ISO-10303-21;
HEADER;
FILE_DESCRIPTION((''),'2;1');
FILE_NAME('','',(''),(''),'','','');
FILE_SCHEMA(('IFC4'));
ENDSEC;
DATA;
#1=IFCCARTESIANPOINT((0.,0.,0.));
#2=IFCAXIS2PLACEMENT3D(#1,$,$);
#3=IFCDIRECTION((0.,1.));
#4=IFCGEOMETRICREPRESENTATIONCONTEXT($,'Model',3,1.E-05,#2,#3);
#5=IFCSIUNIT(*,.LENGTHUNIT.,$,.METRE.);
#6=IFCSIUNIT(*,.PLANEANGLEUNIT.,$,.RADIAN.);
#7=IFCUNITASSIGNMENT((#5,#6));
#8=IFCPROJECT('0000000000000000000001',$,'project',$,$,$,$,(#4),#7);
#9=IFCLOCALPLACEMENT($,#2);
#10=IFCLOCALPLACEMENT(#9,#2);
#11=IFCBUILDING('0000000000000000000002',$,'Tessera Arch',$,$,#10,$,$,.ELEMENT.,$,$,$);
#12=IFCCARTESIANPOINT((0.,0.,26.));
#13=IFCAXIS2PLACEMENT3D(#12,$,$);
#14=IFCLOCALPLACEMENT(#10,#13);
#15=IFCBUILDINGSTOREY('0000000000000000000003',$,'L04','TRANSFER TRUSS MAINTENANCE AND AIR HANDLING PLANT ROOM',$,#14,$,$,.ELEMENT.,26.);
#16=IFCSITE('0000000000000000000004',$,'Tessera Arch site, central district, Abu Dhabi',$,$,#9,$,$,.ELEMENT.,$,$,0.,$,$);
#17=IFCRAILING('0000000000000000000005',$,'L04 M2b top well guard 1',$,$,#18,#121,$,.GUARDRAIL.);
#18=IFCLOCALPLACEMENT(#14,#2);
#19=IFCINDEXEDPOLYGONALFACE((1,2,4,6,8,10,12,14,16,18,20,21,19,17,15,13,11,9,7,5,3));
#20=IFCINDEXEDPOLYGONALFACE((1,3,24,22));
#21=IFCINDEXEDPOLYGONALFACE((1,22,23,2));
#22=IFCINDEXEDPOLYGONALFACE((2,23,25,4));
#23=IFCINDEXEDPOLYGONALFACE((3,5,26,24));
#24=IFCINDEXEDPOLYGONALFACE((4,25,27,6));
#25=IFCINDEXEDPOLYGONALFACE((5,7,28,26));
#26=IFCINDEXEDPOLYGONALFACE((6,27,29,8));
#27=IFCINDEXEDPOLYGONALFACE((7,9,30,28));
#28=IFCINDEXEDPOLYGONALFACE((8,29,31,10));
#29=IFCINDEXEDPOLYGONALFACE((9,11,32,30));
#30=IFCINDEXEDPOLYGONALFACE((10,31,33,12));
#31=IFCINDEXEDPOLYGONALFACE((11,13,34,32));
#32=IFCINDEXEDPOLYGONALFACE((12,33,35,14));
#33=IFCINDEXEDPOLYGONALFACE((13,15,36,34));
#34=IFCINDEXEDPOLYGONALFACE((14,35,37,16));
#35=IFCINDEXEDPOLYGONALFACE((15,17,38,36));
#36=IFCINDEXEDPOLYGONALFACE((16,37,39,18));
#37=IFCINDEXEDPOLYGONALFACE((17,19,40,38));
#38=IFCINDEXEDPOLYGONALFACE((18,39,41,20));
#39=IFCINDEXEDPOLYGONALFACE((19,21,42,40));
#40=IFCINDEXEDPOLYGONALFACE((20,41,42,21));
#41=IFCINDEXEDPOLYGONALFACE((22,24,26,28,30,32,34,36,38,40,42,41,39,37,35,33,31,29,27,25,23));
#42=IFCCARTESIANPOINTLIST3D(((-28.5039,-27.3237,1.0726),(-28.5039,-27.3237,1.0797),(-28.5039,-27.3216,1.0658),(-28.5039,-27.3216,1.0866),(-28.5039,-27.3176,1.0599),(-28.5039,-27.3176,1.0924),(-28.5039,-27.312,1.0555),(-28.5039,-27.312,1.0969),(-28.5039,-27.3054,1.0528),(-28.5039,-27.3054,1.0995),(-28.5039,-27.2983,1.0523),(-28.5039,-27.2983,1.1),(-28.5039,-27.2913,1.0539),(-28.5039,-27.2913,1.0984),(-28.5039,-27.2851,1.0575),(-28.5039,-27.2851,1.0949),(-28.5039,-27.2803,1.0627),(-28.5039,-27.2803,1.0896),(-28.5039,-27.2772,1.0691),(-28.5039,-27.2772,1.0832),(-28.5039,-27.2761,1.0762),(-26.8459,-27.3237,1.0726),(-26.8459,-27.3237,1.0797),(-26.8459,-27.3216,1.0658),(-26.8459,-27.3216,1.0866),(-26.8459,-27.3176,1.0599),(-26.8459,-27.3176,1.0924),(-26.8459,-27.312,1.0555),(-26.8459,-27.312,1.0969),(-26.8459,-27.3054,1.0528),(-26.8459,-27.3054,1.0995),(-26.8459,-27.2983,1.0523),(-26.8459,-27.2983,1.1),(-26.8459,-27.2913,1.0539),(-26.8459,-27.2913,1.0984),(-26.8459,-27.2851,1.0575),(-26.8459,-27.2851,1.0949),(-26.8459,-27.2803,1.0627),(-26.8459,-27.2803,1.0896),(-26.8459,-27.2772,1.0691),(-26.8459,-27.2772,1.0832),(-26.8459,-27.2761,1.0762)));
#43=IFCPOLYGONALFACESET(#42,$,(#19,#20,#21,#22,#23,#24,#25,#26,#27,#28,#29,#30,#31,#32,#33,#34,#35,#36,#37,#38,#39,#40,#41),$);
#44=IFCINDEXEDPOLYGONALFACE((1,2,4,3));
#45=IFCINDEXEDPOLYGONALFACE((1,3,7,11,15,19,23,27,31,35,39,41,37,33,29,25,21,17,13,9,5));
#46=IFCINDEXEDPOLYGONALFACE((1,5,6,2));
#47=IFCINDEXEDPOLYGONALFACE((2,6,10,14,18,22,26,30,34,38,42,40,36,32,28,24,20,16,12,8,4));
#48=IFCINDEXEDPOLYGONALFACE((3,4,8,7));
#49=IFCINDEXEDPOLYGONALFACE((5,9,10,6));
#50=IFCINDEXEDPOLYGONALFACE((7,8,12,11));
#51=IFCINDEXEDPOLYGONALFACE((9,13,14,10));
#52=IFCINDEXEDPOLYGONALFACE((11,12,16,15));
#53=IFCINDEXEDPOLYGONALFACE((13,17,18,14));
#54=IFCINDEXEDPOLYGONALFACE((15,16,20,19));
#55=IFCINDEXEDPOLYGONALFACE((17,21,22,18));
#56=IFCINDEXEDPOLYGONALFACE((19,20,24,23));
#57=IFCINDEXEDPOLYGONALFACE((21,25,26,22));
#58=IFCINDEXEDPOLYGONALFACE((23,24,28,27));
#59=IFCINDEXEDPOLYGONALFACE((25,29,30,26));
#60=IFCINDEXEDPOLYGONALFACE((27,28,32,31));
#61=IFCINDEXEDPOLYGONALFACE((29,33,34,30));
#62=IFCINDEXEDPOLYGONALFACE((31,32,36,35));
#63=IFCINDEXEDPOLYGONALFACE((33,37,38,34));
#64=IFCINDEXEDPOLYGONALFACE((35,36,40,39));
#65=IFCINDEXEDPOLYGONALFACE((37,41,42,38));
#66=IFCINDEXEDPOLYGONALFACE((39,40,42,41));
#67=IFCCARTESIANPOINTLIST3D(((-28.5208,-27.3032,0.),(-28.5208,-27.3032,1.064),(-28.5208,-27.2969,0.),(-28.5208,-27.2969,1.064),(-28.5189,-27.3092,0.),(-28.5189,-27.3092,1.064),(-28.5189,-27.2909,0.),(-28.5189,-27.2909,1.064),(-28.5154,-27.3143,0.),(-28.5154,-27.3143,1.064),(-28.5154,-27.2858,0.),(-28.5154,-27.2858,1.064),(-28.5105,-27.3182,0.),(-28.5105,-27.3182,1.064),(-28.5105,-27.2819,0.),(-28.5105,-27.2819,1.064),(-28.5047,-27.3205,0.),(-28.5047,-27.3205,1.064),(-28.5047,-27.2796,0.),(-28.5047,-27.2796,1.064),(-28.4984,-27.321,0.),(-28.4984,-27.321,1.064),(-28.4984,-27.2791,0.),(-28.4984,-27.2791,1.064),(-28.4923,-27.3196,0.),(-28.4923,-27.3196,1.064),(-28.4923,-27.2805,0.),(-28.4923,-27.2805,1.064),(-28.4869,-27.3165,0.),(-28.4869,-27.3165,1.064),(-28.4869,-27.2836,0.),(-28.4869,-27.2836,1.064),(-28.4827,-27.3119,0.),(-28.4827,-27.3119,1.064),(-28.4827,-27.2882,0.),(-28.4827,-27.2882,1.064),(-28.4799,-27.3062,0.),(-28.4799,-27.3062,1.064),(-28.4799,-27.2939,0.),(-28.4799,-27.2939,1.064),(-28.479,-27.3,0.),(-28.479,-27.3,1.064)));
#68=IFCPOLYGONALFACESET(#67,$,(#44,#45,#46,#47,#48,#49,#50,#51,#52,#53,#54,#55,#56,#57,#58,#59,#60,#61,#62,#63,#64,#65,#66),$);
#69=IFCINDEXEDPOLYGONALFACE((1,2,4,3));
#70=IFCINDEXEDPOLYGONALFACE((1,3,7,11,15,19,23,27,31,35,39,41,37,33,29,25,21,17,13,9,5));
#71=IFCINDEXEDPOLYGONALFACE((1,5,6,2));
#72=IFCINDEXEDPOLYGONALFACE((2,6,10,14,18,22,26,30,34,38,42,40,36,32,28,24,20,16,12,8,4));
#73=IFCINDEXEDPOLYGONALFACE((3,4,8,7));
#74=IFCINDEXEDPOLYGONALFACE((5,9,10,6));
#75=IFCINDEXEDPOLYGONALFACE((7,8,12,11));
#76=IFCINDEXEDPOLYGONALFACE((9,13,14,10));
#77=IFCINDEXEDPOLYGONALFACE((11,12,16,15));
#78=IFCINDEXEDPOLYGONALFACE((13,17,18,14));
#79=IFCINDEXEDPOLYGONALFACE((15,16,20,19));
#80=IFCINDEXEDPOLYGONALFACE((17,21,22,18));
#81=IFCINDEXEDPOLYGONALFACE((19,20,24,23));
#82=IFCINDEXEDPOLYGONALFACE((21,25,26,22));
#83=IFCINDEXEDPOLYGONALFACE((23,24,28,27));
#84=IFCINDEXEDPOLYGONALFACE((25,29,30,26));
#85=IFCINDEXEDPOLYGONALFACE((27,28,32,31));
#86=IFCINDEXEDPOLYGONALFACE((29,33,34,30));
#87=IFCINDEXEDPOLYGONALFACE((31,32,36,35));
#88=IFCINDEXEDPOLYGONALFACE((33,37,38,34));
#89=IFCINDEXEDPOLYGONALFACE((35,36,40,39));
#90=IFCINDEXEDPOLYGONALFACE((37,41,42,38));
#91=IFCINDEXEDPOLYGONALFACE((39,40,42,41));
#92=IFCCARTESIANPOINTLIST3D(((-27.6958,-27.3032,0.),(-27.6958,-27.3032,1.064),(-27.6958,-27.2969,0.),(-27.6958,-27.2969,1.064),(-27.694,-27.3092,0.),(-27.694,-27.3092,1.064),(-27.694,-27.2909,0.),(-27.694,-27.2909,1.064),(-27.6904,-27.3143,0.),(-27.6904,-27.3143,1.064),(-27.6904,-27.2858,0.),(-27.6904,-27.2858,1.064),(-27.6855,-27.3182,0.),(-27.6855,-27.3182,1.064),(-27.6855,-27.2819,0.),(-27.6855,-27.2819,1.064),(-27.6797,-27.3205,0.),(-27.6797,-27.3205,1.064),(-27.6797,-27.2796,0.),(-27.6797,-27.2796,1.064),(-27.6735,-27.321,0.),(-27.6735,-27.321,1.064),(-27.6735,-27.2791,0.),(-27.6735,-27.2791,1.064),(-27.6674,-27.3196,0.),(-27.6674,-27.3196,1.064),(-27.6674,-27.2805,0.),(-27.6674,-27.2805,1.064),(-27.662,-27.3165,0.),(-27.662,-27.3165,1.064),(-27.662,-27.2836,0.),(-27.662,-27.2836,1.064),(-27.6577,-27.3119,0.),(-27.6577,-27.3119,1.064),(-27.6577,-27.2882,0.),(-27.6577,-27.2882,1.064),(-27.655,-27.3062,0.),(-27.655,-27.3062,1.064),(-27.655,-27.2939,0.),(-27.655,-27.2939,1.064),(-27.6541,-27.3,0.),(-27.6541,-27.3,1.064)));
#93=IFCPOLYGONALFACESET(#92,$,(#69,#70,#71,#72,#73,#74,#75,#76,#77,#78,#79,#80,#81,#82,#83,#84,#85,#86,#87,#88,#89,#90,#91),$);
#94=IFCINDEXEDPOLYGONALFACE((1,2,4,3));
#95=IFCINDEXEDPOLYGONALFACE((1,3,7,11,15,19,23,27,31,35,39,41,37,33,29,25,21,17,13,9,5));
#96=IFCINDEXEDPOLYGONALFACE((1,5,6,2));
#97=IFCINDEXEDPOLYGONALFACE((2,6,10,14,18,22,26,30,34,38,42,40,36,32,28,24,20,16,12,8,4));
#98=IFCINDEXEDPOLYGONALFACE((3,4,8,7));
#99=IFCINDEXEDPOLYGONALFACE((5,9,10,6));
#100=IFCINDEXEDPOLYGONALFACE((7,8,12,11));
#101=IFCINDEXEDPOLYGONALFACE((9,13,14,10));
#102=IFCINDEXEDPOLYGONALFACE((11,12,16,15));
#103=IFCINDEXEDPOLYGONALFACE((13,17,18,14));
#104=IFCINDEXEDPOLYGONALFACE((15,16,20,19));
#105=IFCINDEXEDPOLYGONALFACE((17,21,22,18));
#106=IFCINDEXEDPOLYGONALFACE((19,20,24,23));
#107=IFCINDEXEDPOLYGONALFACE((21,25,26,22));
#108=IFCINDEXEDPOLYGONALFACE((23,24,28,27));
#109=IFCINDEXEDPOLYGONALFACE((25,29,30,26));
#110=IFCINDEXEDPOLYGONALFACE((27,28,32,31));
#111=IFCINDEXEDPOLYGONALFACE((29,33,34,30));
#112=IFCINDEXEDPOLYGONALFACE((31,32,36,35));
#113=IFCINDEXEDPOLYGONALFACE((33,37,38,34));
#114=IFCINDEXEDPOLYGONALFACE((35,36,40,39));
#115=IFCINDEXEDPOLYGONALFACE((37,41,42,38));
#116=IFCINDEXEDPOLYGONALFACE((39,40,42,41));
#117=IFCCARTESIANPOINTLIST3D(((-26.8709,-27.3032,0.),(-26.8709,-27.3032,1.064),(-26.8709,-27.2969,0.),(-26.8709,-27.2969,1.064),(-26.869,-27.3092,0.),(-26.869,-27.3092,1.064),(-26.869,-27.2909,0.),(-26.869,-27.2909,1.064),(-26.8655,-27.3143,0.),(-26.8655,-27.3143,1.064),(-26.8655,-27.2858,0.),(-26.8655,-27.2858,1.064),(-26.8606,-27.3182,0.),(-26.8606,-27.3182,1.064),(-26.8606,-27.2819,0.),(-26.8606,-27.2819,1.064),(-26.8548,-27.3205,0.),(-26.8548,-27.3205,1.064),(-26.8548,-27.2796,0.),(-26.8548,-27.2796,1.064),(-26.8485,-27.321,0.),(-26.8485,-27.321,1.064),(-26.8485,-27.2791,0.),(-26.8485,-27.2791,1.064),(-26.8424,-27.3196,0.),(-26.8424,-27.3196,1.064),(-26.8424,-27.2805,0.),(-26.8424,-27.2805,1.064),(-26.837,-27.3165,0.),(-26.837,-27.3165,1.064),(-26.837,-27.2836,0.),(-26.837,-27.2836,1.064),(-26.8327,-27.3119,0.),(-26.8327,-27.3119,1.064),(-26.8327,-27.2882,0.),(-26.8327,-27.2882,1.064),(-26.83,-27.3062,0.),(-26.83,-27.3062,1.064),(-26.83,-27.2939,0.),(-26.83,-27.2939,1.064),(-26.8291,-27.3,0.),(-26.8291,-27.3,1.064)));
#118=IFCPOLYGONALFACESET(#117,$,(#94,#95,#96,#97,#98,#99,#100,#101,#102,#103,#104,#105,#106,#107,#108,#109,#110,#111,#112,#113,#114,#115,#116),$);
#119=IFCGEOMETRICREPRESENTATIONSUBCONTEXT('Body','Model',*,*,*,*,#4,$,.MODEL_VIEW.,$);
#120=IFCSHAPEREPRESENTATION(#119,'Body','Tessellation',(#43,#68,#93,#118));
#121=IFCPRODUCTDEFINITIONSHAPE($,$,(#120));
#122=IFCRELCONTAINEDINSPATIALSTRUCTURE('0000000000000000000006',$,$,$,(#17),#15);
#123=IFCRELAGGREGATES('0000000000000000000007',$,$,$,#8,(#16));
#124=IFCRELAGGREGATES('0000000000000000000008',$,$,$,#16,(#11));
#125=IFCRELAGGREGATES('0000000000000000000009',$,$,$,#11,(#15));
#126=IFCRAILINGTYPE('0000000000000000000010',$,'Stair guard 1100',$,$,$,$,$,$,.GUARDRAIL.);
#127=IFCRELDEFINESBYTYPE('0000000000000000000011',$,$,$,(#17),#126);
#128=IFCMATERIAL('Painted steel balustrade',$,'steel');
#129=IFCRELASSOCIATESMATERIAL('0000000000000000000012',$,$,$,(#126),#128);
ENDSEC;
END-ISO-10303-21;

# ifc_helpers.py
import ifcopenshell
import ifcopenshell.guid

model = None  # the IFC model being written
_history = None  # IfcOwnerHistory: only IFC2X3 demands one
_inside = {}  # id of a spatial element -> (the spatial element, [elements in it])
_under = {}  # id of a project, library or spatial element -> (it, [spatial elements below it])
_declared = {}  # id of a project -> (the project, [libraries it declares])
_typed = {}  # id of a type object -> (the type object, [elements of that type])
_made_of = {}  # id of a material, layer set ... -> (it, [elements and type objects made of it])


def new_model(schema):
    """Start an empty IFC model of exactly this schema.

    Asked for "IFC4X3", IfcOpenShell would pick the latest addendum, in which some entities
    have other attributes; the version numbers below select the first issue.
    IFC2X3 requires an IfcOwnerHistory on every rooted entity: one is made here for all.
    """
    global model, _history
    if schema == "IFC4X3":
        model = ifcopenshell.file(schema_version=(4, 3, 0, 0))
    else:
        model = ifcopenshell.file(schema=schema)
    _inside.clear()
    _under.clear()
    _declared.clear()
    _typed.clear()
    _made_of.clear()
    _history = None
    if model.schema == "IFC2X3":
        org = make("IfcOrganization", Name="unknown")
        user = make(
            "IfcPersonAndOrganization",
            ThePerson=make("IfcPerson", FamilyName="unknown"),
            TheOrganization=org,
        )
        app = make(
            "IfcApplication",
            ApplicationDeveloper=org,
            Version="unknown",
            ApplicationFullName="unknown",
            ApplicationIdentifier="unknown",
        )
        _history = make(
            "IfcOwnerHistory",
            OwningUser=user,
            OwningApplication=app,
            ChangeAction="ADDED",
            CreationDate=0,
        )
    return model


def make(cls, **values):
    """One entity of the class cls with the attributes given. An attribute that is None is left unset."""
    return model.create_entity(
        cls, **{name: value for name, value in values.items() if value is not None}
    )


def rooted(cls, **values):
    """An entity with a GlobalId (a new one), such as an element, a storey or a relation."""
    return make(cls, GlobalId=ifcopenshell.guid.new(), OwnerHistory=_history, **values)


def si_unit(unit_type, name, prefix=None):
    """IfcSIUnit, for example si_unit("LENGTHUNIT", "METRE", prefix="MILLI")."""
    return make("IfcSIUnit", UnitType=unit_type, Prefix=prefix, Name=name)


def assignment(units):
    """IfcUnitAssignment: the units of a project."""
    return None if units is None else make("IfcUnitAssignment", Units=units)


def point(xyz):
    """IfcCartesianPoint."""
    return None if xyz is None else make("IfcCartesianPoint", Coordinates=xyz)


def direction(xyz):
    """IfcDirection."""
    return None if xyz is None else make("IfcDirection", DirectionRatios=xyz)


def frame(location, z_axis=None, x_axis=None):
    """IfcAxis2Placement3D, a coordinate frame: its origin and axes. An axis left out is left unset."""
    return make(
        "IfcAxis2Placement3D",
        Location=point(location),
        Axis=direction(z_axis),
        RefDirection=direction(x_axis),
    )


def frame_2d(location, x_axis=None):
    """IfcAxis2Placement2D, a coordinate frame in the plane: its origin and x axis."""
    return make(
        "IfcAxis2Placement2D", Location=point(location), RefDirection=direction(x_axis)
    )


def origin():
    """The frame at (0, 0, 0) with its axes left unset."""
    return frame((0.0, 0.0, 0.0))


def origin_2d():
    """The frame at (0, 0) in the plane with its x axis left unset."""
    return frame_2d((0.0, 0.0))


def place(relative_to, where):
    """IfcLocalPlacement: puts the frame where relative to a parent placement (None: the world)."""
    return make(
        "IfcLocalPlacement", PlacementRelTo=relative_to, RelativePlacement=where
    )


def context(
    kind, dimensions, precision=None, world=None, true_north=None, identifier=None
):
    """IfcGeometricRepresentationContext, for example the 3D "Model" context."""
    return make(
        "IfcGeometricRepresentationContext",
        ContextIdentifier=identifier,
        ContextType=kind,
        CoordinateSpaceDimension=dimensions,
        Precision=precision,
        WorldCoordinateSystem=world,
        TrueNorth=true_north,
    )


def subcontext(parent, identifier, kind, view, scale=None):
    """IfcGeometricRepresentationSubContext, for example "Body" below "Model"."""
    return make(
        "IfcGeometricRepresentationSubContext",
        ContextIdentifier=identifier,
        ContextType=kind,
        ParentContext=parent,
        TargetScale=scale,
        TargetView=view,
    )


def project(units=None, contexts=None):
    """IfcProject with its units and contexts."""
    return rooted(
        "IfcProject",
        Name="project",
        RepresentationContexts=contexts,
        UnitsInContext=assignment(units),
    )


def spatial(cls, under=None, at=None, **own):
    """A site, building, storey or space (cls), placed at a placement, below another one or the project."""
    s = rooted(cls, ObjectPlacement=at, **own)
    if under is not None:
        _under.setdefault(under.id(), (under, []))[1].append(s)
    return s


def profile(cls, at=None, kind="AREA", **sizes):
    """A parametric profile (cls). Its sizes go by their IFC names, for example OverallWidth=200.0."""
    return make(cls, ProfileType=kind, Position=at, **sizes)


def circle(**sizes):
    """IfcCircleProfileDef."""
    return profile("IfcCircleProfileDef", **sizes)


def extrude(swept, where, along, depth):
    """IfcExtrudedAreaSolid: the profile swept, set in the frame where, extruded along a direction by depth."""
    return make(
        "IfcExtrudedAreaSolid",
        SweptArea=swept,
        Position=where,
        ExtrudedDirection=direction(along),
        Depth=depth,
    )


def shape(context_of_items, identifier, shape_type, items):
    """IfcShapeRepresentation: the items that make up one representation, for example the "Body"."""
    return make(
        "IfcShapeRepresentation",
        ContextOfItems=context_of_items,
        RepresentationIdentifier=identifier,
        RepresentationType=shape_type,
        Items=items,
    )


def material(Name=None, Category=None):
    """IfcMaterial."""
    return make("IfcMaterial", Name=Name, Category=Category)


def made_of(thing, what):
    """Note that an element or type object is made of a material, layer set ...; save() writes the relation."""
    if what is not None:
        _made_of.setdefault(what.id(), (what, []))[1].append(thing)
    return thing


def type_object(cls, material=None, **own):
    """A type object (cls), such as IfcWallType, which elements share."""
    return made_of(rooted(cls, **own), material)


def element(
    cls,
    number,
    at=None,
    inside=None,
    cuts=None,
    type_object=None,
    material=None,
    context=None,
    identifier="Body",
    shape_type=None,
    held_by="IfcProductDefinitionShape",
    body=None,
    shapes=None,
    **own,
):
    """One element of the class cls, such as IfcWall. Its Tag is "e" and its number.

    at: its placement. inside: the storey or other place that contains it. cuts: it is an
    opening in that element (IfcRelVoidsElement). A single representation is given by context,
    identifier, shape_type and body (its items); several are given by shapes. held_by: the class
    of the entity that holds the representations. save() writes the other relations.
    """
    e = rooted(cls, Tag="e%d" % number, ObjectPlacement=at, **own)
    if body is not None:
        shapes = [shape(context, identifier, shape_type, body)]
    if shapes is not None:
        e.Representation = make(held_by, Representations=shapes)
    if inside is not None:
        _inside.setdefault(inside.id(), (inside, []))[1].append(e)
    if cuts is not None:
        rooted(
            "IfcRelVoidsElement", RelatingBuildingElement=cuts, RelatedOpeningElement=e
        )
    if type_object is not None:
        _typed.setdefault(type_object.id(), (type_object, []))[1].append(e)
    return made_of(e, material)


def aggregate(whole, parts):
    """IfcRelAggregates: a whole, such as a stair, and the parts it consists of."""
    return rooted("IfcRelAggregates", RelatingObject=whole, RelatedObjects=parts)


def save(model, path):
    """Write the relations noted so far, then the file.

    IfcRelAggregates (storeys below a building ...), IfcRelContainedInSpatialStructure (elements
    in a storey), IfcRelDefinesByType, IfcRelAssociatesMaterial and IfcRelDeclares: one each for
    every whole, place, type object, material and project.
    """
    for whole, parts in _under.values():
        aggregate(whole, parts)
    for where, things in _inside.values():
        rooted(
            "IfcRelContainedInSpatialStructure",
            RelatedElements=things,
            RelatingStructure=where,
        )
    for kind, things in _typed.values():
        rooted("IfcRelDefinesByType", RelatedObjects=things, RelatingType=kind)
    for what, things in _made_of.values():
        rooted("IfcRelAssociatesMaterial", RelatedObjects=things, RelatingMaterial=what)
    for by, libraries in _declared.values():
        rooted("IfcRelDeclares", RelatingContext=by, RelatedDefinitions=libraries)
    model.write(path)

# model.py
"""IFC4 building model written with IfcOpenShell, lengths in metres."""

from ifc_helpers import new_model, si_unit, direction, frame, origin, origin_2d, place, context, subcontext, project, spatial, circle, extrude, material, type_object, element, save


model = new_model("IFC4")

# Units and contexts
model_context = context("Model", 3, precision=1e-05, world=origin(), true_north=direction((0.0, 1.0)))
body_context = subcontext(model_context, "Body", "Model", "MODEL_VIEW")
ifc_project = project(units=[si_unit("LENGTHUNIT", "METRE"), si_unit("PLANEANGLEUNIT", "RADIAN")], contexts=[model_context])

# Site, building, storey
site_placement = place(None, origin())
site = spatial("IfcSite", under=ifc_project, at=site_placement, Name="Tessera Arch site, central district, Abu Dhabi", CompositionType="ELEMENT", RefElevation=0.0)
building_placement = place(site_placement, origin())
building = spatial("IfcBuilding", under=site, at=building_placement, Name="Tessera Arch", CompositionType="ELEMENT")
storey_placement = place(building_placement, frame((0.0, 0.0, 26.0)))
storey = spatial("IfcBuildingStorey", under=building, at=storey_placement, Name="L04", Description="TRANSFER TRUSS MAINTENANCE AND AIR HANDLING PLANT ROOM", CompositionType="ELEMENT", Elevation=26.0)

# Railing
ifc_material_1 = material(Name="Painted steel balustrade", Category="steel")
railing_type_1 = type_object("IfcRailingType", Name="Stair guard 1100", PredefinedType="GUARDRAIL", material=ifc_material_1)
railing_1_placement = place(storey_placement, frame((-28.5, -27.3, 0.0)))
element("IfcRailing", 1, at=railing_1_placement, inside=storey, type_object=railing_type_1, Name="L04 M2b top well guard 1", PredefinedType="GUARDRAIL", context=body_context, shape_type="SweptSolid", body=[
    extrude(circle(Radius=0.0239, at=origin_2d()), frame((-0.0039, 0.0, 1.0762), z_axis=(1.0, 0.0, 0.0), x_axis=(0.0, 1.0, 0.0)), (0.0, 0.0, 1.0), 1.658),
    extrude(circle(Radius=0.021, at=origin_2d()), origin(), (0.0, 0.0, 1.0), 1.064),
    extrude(circle(Radius=0.021, at=origin_2d()), frame((0.825, 0.0, 0.0)), (0.0, 0.0, 1.0), 1.064),
    extrude(circle(Radius=0.021, at=origin_2d()), frame((1.6499, 0.0, 0.0)), (0.0, 0.0, 1.0), 1.064),
])

save(model, "model.ifc")
